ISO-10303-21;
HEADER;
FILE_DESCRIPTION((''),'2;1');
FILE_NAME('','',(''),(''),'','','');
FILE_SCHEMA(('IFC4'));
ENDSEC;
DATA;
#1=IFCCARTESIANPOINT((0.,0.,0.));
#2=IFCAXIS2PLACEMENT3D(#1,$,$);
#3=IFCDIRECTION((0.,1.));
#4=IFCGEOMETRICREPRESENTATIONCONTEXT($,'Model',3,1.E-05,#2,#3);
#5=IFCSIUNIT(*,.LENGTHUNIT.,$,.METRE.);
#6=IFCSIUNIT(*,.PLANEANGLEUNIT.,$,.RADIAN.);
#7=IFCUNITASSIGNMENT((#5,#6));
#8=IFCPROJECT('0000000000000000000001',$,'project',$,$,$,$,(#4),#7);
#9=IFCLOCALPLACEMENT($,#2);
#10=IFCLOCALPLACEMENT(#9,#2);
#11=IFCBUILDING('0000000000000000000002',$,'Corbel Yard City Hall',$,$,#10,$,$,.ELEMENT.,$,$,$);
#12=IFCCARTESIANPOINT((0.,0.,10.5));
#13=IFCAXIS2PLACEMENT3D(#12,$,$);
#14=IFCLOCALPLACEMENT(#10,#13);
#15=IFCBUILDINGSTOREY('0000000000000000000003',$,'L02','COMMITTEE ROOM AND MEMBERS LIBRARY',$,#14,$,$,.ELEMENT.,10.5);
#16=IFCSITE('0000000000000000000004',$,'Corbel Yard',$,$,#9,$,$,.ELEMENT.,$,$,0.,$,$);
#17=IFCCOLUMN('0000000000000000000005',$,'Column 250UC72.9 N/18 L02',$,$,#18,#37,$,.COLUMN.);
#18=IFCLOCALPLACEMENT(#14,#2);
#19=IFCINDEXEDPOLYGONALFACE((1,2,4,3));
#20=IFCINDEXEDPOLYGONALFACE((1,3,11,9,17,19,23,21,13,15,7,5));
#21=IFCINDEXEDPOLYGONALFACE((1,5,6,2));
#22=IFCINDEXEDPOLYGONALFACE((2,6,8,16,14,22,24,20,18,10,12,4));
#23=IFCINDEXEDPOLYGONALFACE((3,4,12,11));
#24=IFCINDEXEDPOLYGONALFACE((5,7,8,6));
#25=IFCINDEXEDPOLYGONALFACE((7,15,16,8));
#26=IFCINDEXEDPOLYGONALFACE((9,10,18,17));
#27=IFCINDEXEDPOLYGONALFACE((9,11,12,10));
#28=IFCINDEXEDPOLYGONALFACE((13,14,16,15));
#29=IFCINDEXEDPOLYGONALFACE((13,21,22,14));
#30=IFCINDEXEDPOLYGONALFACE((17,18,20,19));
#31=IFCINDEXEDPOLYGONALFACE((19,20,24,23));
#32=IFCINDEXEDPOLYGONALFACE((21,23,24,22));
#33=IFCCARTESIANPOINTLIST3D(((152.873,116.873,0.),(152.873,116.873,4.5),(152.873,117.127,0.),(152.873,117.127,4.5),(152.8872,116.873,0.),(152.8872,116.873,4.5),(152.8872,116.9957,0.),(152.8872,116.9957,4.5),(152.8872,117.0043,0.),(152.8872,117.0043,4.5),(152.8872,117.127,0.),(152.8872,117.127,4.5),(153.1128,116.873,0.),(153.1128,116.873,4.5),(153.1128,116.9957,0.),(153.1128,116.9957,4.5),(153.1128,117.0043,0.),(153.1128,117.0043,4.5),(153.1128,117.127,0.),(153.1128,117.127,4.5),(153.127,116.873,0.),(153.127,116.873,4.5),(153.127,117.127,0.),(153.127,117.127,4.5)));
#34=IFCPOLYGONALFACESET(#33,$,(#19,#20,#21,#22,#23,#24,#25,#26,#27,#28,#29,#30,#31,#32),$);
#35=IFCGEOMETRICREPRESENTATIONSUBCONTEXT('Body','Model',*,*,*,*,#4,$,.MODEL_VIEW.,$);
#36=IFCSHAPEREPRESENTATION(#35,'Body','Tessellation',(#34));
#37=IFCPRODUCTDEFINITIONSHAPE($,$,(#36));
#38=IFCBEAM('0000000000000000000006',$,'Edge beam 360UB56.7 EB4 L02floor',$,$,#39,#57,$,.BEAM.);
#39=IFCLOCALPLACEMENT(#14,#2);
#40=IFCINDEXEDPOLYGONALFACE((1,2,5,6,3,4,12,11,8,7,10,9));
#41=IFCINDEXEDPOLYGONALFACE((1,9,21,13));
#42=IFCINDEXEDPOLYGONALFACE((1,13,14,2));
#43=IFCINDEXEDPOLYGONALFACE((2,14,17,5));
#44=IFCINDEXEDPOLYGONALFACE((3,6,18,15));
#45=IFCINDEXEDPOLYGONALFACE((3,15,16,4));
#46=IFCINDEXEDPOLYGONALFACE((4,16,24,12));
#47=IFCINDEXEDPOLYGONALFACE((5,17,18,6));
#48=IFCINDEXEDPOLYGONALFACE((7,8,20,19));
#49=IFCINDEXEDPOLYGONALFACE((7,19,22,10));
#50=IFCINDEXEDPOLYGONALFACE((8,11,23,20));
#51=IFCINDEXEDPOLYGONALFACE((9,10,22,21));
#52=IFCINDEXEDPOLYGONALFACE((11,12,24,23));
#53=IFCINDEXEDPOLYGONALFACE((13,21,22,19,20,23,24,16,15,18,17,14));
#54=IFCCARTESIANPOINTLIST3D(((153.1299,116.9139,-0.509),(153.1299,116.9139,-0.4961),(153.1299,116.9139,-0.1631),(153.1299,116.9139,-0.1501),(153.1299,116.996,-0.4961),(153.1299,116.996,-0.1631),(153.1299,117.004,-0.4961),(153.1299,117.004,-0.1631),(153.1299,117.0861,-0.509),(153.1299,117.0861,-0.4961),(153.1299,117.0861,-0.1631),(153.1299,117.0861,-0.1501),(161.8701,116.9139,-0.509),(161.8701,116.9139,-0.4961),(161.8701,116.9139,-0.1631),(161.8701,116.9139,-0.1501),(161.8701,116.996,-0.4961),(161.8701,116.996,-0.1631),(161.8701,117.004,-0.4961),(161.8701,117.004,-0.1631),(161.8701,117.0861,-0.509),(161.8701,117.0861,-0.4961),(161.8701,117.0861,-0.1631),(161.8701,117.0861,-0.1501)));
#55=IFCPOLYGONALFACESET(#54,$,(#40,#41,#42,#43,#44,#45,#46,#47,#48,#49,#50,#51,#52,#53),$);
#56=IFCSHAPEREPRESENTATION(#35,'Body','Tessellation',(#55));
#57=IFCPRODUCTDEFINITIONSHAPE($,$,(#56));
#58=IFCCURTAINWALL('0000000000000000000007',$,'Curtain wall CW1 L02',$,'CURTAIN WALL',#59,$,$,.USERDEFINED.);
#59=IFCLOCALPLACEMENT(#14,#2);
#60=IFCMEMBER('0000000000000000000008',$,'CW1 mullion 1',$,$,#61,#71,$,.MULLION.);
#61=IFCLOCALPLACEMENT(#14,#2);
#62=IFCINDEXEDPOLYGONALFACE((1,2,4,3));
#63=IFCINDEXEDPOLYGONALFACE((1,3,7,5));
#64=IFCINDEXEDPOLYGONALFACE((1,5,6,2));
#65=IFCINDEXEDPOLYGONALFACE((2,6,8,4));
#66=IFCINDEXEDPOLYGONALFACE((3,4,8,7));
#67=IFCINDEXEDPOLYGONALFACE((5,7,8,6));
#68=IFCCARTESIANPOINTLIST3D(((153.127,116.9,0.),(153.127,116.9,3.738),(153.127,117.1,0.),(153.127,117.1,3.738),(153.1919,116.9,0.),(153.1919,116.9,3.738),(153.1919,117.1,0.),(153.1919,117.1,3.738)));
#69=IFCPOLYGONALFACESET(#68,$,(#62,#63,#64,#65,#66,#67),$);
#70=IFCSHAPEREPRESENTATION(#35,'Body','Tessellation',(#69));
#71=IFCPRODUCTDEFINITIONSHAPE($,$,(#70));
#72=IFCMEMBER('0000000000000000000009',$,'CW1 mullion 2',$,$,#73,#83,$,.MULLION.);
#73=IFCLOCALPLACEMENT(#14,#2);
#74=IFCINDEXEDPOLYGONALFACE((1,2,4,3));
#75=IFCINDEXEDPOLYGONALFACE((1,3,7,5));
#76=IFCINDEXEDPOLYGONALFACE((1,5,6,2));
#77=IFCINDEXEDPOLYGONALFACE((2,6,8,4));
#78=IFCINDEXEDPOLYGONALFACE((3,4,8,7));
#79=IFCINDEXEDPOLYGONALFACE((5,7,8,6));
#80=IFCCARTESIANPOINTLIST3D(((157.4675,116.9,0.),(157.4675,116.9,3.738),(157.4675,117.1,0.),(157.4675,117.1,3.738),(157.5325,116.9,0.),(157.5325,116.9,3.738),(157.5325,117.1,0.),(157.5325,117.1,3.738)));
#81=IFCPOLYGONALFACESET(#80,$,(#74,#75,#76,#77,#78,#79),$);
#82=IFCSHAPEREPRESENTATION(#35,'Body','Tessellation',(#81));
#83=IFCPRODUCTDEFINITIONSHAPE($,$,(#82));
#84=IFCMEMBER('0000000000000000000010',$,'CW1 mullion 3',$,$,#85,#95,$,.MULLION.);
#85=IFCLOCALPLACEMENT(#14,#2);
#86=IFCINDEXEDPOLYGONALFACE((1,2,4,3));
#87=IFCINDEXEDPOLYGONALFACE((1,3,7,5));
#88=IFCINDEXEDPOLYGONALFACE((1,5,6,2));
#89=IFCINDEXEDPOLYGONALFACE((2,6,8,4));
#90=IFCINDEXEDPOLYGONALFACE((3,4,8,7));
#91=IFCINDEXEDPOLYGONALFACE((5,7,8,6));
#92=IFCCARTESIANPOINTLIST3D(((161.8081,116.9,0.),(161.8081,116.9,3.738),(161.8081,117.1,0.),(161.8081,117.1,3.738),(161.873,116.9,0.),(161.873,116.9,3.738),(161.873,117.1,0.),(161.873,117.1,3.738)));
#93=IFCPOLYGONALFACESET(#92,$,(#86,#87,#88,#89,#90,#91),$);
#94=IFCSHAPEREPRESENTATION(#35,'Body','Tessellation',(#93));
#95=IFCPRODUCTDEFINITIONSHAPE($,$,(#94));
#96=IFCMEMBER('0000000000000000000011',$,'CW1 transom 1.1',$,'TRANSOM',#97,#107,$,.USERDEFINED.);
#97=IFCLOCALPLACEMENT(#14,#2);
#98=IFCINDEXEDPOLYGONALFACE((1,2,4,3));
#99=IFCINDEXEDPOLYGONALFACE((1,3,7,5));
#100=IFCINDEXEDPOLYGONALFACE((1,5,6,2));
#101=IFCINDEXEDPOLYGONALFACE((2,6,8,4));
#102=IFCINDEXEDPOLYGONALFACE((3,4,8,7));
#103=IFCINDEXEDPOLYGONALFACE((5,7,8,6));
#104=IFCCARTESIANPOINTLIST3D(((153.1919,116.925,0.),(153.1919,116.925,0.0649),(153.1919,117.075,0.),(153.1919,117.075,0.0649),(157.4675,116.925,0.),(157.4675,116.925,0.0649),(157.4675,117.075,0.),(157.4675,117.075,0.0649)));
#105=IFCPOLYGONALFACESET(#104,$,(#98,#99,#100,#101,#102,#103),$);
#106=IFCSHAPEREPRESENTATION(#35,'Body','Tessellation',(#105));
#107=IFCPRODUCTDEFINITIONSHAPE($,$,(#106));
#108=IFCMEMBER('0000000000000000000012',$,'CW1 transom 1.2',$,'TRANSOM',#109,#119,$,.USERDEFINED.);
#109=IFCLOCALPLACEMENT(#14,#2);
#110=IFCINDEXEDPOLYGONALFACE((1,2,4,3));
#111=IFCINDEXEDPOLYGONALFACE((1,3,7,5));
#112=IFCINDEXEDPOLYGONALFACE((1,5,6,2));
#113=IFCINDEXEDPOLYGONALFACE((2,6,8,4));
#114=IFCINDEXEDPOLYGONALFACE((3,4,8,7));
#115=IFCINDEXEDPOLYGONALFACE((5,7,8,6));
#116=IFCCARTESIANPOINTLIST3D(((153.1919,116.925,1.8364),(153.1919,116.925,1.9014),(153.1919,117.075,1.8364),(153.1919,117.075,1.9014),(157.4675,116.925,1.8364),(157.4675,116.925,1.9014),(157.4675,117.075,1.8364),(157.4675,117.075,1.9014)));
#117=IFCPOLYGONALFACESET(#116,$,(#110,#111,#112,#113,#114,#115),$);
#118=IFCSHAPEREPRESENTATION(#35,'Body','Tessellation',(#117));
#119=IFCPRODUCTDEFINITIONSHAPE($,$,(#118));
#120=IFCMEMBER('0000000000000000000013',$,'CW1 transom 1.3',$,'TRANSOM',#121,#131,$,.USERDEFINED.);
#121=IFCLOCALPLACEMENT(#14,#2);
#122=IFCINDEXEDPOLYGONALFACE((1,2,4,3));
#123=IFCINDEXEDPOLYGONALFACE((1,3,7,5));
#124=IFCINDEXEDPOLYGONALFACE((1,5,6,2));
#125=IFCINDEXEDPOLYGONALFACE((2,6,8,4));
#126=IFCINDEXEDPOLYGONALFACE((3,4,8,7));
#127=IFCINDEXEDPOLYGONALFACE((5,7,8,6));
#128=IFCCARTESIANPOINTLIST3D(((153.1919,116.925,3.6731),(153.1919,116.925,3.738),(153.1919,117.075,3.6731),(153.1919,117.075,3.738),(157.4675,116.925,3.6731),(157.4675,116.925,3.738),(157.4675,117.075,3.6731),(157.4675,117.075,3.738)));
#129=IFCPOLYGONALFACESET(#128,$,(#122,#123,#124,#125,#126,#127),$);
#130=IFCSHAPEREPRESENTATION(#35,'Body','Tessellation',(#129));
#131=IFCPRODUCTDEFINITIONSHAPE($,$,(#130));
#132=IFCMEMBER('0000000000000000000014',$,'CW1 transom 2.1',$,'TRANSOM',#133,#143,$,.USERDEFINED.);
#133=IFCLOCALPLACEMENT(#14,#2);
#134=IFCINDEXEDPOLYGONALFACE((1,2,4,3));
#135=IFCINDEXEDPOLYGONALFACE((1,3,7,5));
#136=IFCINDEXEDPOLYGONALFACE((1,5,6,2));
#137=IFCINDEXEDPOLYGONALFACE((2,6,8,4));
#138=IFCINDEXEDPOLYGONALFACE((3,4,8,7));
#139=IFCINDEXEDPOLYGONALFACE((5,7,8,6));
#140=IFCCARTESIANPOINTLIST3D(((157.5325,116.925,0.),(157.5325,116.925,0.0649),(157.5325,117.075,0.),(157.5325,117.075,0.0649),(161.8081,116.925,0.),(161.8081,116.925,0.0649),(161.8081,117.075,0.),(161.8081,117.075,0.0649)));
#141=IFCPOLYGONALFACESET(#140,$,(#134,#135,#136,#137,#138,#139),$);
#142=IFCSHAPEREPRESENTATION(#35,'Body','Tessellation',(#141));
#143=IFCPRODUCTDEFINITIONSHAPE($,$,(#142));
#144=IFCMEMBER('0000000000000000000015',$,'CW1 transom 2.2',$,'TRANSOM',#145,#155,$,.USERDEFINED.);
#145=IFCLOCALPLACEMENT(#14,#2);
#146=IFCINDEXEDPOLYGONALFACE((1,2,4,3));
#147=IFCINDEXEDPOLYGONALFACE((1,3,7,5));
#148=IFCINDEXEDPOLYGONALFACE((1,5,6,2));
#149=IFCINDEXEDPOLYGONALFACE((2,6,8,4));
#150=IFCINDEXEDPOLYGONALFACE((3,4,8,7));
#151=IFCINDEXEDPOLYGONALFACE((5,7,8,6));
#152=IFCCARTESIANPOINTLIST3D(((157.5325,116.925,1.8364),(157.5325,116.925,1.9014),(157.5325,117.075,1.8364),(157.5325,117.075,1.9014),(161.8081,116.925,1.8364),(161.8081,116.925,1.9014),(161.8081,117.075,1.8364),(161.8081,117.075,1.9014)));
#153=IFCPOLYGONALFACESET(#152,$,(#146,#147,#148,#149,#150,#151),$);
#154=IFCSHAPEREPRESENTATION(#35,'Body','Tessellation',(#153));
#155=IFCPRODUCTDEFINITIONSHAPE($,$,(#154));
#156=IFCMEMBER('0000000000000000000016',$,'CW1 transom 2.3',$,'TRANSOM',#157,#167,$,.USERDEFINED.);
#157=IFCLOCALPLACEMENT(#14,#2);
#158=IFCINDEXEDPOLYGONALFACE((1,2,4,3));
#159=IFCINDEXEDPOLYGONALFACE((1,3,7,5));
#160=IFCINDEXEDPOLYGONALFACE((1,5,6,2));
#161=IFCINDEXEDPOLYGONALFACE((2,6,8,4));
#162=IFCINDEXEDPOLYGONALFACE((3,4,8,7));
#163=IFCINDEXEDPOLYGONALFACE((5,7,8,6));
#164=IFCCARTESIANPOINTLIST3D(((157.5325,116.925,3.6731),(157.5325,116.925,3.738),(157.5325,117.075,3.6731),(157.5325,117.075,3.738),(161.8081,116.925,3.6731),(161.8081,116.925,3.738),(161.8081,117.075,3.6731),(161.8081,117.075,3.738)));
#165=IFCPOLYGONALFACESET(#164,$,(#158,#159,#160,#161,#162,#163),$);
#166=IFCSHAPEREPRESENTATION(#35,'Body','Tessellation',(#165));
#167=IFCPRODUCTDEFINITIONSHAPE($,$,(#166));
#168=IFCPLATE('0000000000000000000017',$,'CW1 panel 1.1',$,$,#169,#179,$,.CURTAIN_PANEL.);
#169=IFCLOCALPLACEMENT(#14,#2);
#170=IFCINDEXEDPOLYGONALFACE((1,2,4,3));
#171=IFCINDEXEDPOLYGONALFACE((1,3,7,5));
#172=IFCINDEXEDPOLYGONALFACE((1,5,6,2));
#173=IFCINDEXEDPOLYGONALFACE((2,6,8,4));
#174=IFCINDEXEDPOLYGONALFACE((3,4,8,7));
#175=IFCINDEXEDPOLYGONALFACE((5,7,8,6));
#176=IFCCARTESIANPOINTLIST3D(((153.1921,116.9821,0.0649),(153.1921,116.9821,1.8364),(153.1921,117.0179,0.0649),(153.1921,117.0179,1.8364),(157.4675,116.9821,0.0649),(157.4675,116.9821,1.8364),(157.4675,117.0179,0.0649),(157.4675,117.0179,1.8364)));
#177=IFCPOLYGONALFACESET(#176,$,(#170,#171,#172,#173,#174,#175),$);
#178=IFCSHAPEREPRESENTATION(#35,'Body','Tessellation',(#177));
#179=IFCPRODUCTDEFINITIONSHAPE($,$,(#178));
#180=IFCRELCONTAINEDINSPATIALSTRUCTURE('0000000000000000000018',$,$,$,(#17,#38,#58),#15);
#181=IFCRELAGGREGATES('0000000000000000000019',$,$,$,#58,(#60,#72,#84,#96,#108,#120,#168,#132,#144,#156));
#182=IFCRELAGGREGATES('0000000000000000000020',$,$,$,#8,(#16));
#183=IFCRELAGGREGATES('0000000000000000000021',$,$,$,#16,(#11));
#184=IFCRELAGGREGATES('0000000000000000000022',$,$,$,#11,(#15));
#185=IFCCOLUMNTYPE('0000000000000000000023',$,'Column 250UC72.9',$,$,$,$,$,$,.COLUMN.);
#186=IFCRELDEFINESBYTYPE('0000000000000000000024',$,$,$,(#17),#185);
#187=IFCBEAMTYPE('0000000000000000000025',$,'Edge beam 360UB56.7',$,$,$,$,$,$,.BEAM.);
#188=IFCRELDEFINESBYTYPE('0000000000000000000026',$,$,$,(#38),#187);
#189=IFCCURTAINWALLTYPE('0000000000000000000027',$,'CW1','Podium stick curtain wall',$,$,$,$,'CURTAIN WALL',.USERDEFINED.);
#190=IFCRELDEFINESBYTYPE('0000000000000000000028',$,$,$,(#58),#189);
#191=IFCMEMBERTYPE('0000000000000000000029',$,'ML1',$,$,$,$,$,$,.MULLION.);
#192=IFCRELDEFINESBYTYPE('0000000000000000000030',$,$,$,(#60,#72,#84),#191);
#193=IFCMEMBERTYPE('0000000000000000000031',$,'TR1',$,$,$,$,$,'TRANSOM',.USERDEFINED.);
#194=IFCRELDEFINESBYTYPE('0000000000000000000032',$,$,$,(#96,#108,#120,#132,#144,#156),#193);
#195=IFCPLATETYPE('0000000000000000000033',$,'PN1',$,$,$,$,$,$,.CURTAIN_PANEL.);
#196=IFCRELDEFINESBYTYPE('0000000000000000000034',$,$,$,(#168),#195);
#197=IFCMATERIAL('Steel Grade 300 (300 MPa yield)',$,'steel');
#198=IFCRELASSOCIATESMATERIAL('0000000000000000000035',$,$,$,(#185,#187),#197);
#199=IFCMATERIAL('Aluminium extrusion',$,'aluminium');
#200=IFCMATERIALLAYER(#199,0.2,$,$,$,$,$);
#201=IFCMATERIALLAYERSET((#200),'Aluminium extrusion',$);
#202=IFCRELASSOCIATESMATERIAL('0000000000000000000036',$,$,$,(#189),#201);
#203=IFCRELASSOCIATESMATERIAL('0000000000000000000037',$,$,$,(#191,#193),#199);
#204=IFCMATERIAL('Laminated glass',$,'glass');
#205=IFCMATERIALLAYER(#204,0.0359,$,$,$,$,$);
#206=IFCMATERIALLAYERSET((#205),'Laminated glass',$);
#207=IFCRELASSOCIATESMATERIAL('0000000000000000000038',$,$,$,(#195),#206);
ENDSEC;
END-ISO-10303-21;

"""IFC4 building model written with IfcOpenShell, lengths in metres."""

from ifc_helpers import new_model, si_unit, direction, frame, origin, origin_2d, place, context, subcontext, project, spatial, rectangle, i_section, extrude, material, layer, layer_set, material_profile, profile_set, type_object, element, aggregate, save


model = new_model("IFC4")

# Units and contexts
model_context = context("Model", 3, precision=1e-05, world=origin(), true_north=direction((0.0, 1.0)))
body_context = subcontext(model_context, "Body", "Model", "MODEL_VIEW")
ifc_project = project(units=[si_unit("LENGTHUNIT", "METRE"), si_unit("PLANEANGLEUNIT", "RADIAN")], contexts=[model_context])

# Site, building, storey
site_placement = place(None, origin())
site = spatial("IfcSite", under=ifc_project, at=site_placement, Name="Corbel Yard", CompositionType="ELEMENT", RefElevation=0.0)
building_placement = place(site_placement, origin())
building = spatial("IfcBuilding", under=site, at=building_placement, Name="Corbel Yard City Hall", CompositionType="ELEMENT")
storey_placement = place(building_placement, frame((0.0, 0.0, 10.5)))
storey = spatial("IfcBuildingStorey", under=building, at=storey_placement, Name="L02", Description="COMMITTEE ROOM AND MEMBERS LIBRARY", CompositionType="ELEMENT", Elevation=10.5)

# Column
ifc_material_1 = material(Name="Steel Grade 300 (300 MPa yield)", Category="steel")
ifc_material_profile_1 = material_profile(ifc_material_1, i_section(OverallWidth=0.2539, OverallDepth=0.2539, WebThickness=0.0085, FlangeThickness=0.0142, at=origin_2d()), Name="250UC72.9")
ifc_profile_set_1 = profile_set([ifc_material_profile_1], Name="Steel Grade 300 (300 MPa yield)")
column_type = type_object("IfcColumnType", Name="Column 250UC72.9", PredefinedType="COLUMN", material=ifc_profile_set_1)
column_placement = place(storey_placement, frame((153.0, 117.0, 0.0), z_axis=(0.0, 0.0, 1.0), x_axis=(0.0, 1.0, 0.0)))
element("IfcColumn", 1, at=column_placement, inside=storey, type_object=column_type, Name="Column 250UC72.9 N/18 L02", PredefinedType="COLUMN", context=body_context, shape_type="SweptSolid", body=[
    extrude(i_section(OverallWidth=0.2539, OverallDepth=0.2539, WebThickness=0.0085, FlangeThickness=0.0142, at=origin_2d()), origin(), (0.0, 0.0, 1.0), 4.5),
])

# Beam
ifc_material_profile_2 = material_profile(ifc_material_1, i_section(OverallWidth=0.1721, OverallDepth=0.3589, WebThickness=0.0081, FlangeThickness=0.0129, at=origin_2d()), Name="360UB56.7")
ifc_profile_set_2 = profile_set([ifc_material_profile_2], Name="Steel Grade 300 (300 MPa yield)")
beam_type = type_object("IfcBeamType", Name="Edge beam 360UB56.7", PredefinedType="BEAM", material=ifc_profile_set_2)
beam_placement = place(storey_placement, frame((153.1299, 117.0, -0.3296), z_axis=(1.0, 0.0, 0.0), x_axis=(0.0, 1.0, 0.0)))
element("IfcBeam", 2, at=beam_placement, inside=storey, type_object=beam_type, Name="Edge beam 360UB56.7 EB4 L02floor", PredefinedType="BEAM", context=body_context, shape_type="SweptSolid", body=[
    extrude(i_section(OverallWidth=0.1721, OverallDepth=0.3589, WebThickness=0.0081, FlangeThickness=0.0129, at=origin_2d()), origin(), (0.0, 0.0, 1.0), 8.7402),
])

# Curtain wall, members, plate
ifc_material_2 = material(Name="Aluminium extrusion", Category="aluminium")
ifc_layer_1 = layer(ifc_material_2, 0.2)
ifc_layer_set_1 = layer_set([ifc_layer_1], Name="Aluminium extrusion")
curtain_wall_type = type_object("IfcCurtainWallType", Name="CW1", Description="Podium stick curtain wall", ElementType="CURTAIN WALL", PredefinedType="USERDEFINED", material=ifc_layer_set_1)
curtain_wall_placement = place(storey_placement, origin())
curtain_wall = element("IfcCurtainWall", 3, at=curtain_wall_placement, inside=storey, type_object=curtain_wall_type, Name="Curtain wall CW1 L02", ObjectType="CURTAIN WALL", PredefinedType="USERDEFINED")
ifc_material_profile_3 = material_profile(ifc_material_2, rectangle(XDim=0.2, YDim=0.0649, at=origin_2d()), Name="200x65")
ifc_profile_set_3 = profile_set([ifc_material_profile_3], Name="Aluminium extrusion")
member_type_1 = type_object("IfcMemberType", Name="ML1", PredefinedType="MULLION", material=ifc_profile_set_3)
member_1_placement = place(storey_placement, frame((153.1594, 117.0, 0.0), z_axis=(0.0, 0.0, 1.0), x_axis=(0.0, 1.0, 0.0)))
member_1 = element("IfcMember", 4, at=member_1_placement, type_object=member_type_1, Name="CW1 mullion 1", PredefinedType="MULLION", context=body_context, shape_type="SweptSolid", body=[
    extrude(rectangle(XDim=0.2, YDim=0.0649, at=origin_2d()), origin(), (0.0, 0.0, 1.0), 3.738),
])
member_2_placement = place(storey_placement, frame((157.5, 117.0, 0.0), z_axis=(0.0, 0.0, 1.0), x_axis=(0.0, 1.0, 0.0)))
member_2 = element("IfcMember", 5, at=member_2_placement, type_object=member_type_1, Name="CW1 mullion 2", PredefinedType="MULLION", context=body_context, shape_type="SweptSolid", body=[
    extrude(rectangle(XDim=0.2, YDim=0.0649, at=origin_2d()), origin(), (0.0, 0.0, 1.0), 3.738),
])
member_3_placement = place(storey_placement, frame((161.8406, 117.0, 0.0), z_axis=(0.0, 0.0, 1.0), x_axis=(0.0, 1.0, 0.0)))
member_3 = element("IfcMember", 6, at=member_3_placement, type_object=member_type_1, Name="CW1 mullion 3", PredefinedType="MULLION", context=body_context, shape_type="SweptSolid", body=[
    extrude(rectangle(XDim=0.2, YDim=0.0649, at=origin_2d()), origin(), (0.0, 0.0, 1.0), 3.738),
])
ifc_material_profile_4 = material_profile(ifc_material_2, rectangle(XDim=0.1499, YDim=0.0649, at=origin_2d()), Name="150x65")
ifc_profile_set_4 = profile_set([ifc_material_profile_4], Name="Aluminium extrusion")
member_type_2 = type_object("IfcMemberType", Name="TR1", ElementType="TRANSOM", PredefinedType="USERDEFINED", material=ifc_profile_set_4)
member_4_placement = place(storey_placement, frame((153.1919, 117.0, 0.0325), z_axis=(1.0, 0.0, 0.0), x_axis=(0.0, 1.0, 0.0)))
member_4 = element("IfcMember", 7, at=member_4_placement, type_object=member_type_2, Name="CW1 transom 1.1", ObjectType="TRANSOM", PredefinedType="USERDEFINED", context=body_context, shape_type="SweptSolid", body=[
    extrude(rectangle(XDim=0.1499, YDim=0.0649, at=origin_2d()), origin(), (0.0, 0.0, 1.0), 4.2756),
])
member_5_placement = place(storey_placement, frame((153.1919, 117.0, 1.8689), z_axis=(1.0, 0.0, 0.0), x_axis=(0.0, 1.0, 0.0)))
member_5 = element("IfcMember", 8, at=member_5_placement, type_object=member_type_2, Name="CW1 transom 1.2", ObjectType="TRANSOM", PredefinedType="USERDEFINED", context=body_context, shape_type="SweptSolid", body=[
    extrude(rectangle(XDim=0.1499, YDim=0.0649, at=origin_2d()), origin(), (0.0, 0.0, 1.0), 4.2756),
])
member_6_placement = place(storey_placement, frame((153.1919, 117.0, 3.7056), z_axis=(1.0, 0.0, 0.0), x_axis=(0.0, 1.0, 0.0)))
member_6 = element("IfcMember", 9, at=member_6_placement, type_object=member_type_2, Name="CW1 transom 1.3", ObjectType="TRANSOM", PredefinedType="USERDEFINED", context=body_context, shape_type="SweptSolid", body=[
    extrude(rectangle(XDim=0.1499, YDim=0.0649, at=origin_2d()), origin(), (0.0, 0.0, 1.0), 4.2756),
])
member_7_placement = place(storey_placement, frame((157.5325, 117.0, 0.0325), z_axis=(1.0, 0.0, 0.0), x_axis=(0.0, 1.0, 0.0)))
member_7 = element("IfcMember", 10, at=member_7_placement, type_object=member_type_2, Name="CW1 transom 2.1", ObjectType="TRANSOM", PredefinedType="USERDEFINED", context=body_context, shape_type="SweptSolid", body=[
    extrude(rectangle(XDim=0.1499, YDim=0.0649, at=origin_2d()), origin(), (0.0, 0.0, 1.0), 4.2756),
])
member_8_placement = place(storey_placement, frame((157.5325, 117.0, 1.8689), z_axis=(1.0, 0.0, 0.0), x_axis=(0.0, 1.0, 0.0)))
member_8 = element("IfcMember", 11, at=member_8_placement, type_object=member_type_2, Name="CW1 transom 2.2", ObjectType="TRANSOM", PredefinedType="USERDEFINED", context=body_context, shape_type="SweptSolid", body=[
    extrude(rectangle(XDim=0.1499, YDim=0.0649, at=origin_2d()), origin(), (0.0, 0.0, 1.0), 4.2756),
])
member_9_placement = place(storey_placement, frame((157.5325, 117.0, 3.7056), z_axis=(1.0, 0.0, 0.0), x_axis=(0.0, 1.0, 0.0)))
member_9 = element("IfcMember", 12, at=member_9_placement, type_object=member_type_2, Name="CW1 transom 2.3", ObjectType="TRANSOM", PredefinedType="USERDEFINED", context=body_context, shape_type="SweptSolid", body=[
    extrude(rectangle(XDim=0.1499, YDim=0.0649, at=origin_2d()), origin(), (0.0, 0.0, 1.0), 4.2756),
])
ifc_material_3 = material(Name="Laminated glass", Category="glass")
ifc_layer_2 = layer(ifc_material_3, 0.0359)
ifc_layer_set_2 = layer_set([ifc_layer_2], Name="Laminated glass")
plate_type = type_object("IfcPlateType", Name="PN1", PredefinedType="CURTAIN_PANEL", material=ifc_layer_set_2)
plate_1_placement = place(storey_placement, frame((155.3298, 117.0, 0.0649), z_axis=(0.0, 0.0, 1.0), x_axis=(1.0, 0.0, 0.0)))
plate_1 = element("IfcPlate", 13, at=plate_1_placement, type_object=plate_type, Name="CW1 panel 1.1", PredefinedType="CURTAIN_PANEL", context=body_context, shape_type="SweptSolid", body=[
    extrude(rectangle(XDim=4.2754, YDim=0.0359, at=origin_2d()), origin(), (0.0, 0.0, 1.0), 1.7715),
])
aggregate(curtain_wall, [member_1, member_2, member_3, member_4, member_5, member_6, plate_1, member_7, member_8, member_9])

save(model, "model.ifc")
